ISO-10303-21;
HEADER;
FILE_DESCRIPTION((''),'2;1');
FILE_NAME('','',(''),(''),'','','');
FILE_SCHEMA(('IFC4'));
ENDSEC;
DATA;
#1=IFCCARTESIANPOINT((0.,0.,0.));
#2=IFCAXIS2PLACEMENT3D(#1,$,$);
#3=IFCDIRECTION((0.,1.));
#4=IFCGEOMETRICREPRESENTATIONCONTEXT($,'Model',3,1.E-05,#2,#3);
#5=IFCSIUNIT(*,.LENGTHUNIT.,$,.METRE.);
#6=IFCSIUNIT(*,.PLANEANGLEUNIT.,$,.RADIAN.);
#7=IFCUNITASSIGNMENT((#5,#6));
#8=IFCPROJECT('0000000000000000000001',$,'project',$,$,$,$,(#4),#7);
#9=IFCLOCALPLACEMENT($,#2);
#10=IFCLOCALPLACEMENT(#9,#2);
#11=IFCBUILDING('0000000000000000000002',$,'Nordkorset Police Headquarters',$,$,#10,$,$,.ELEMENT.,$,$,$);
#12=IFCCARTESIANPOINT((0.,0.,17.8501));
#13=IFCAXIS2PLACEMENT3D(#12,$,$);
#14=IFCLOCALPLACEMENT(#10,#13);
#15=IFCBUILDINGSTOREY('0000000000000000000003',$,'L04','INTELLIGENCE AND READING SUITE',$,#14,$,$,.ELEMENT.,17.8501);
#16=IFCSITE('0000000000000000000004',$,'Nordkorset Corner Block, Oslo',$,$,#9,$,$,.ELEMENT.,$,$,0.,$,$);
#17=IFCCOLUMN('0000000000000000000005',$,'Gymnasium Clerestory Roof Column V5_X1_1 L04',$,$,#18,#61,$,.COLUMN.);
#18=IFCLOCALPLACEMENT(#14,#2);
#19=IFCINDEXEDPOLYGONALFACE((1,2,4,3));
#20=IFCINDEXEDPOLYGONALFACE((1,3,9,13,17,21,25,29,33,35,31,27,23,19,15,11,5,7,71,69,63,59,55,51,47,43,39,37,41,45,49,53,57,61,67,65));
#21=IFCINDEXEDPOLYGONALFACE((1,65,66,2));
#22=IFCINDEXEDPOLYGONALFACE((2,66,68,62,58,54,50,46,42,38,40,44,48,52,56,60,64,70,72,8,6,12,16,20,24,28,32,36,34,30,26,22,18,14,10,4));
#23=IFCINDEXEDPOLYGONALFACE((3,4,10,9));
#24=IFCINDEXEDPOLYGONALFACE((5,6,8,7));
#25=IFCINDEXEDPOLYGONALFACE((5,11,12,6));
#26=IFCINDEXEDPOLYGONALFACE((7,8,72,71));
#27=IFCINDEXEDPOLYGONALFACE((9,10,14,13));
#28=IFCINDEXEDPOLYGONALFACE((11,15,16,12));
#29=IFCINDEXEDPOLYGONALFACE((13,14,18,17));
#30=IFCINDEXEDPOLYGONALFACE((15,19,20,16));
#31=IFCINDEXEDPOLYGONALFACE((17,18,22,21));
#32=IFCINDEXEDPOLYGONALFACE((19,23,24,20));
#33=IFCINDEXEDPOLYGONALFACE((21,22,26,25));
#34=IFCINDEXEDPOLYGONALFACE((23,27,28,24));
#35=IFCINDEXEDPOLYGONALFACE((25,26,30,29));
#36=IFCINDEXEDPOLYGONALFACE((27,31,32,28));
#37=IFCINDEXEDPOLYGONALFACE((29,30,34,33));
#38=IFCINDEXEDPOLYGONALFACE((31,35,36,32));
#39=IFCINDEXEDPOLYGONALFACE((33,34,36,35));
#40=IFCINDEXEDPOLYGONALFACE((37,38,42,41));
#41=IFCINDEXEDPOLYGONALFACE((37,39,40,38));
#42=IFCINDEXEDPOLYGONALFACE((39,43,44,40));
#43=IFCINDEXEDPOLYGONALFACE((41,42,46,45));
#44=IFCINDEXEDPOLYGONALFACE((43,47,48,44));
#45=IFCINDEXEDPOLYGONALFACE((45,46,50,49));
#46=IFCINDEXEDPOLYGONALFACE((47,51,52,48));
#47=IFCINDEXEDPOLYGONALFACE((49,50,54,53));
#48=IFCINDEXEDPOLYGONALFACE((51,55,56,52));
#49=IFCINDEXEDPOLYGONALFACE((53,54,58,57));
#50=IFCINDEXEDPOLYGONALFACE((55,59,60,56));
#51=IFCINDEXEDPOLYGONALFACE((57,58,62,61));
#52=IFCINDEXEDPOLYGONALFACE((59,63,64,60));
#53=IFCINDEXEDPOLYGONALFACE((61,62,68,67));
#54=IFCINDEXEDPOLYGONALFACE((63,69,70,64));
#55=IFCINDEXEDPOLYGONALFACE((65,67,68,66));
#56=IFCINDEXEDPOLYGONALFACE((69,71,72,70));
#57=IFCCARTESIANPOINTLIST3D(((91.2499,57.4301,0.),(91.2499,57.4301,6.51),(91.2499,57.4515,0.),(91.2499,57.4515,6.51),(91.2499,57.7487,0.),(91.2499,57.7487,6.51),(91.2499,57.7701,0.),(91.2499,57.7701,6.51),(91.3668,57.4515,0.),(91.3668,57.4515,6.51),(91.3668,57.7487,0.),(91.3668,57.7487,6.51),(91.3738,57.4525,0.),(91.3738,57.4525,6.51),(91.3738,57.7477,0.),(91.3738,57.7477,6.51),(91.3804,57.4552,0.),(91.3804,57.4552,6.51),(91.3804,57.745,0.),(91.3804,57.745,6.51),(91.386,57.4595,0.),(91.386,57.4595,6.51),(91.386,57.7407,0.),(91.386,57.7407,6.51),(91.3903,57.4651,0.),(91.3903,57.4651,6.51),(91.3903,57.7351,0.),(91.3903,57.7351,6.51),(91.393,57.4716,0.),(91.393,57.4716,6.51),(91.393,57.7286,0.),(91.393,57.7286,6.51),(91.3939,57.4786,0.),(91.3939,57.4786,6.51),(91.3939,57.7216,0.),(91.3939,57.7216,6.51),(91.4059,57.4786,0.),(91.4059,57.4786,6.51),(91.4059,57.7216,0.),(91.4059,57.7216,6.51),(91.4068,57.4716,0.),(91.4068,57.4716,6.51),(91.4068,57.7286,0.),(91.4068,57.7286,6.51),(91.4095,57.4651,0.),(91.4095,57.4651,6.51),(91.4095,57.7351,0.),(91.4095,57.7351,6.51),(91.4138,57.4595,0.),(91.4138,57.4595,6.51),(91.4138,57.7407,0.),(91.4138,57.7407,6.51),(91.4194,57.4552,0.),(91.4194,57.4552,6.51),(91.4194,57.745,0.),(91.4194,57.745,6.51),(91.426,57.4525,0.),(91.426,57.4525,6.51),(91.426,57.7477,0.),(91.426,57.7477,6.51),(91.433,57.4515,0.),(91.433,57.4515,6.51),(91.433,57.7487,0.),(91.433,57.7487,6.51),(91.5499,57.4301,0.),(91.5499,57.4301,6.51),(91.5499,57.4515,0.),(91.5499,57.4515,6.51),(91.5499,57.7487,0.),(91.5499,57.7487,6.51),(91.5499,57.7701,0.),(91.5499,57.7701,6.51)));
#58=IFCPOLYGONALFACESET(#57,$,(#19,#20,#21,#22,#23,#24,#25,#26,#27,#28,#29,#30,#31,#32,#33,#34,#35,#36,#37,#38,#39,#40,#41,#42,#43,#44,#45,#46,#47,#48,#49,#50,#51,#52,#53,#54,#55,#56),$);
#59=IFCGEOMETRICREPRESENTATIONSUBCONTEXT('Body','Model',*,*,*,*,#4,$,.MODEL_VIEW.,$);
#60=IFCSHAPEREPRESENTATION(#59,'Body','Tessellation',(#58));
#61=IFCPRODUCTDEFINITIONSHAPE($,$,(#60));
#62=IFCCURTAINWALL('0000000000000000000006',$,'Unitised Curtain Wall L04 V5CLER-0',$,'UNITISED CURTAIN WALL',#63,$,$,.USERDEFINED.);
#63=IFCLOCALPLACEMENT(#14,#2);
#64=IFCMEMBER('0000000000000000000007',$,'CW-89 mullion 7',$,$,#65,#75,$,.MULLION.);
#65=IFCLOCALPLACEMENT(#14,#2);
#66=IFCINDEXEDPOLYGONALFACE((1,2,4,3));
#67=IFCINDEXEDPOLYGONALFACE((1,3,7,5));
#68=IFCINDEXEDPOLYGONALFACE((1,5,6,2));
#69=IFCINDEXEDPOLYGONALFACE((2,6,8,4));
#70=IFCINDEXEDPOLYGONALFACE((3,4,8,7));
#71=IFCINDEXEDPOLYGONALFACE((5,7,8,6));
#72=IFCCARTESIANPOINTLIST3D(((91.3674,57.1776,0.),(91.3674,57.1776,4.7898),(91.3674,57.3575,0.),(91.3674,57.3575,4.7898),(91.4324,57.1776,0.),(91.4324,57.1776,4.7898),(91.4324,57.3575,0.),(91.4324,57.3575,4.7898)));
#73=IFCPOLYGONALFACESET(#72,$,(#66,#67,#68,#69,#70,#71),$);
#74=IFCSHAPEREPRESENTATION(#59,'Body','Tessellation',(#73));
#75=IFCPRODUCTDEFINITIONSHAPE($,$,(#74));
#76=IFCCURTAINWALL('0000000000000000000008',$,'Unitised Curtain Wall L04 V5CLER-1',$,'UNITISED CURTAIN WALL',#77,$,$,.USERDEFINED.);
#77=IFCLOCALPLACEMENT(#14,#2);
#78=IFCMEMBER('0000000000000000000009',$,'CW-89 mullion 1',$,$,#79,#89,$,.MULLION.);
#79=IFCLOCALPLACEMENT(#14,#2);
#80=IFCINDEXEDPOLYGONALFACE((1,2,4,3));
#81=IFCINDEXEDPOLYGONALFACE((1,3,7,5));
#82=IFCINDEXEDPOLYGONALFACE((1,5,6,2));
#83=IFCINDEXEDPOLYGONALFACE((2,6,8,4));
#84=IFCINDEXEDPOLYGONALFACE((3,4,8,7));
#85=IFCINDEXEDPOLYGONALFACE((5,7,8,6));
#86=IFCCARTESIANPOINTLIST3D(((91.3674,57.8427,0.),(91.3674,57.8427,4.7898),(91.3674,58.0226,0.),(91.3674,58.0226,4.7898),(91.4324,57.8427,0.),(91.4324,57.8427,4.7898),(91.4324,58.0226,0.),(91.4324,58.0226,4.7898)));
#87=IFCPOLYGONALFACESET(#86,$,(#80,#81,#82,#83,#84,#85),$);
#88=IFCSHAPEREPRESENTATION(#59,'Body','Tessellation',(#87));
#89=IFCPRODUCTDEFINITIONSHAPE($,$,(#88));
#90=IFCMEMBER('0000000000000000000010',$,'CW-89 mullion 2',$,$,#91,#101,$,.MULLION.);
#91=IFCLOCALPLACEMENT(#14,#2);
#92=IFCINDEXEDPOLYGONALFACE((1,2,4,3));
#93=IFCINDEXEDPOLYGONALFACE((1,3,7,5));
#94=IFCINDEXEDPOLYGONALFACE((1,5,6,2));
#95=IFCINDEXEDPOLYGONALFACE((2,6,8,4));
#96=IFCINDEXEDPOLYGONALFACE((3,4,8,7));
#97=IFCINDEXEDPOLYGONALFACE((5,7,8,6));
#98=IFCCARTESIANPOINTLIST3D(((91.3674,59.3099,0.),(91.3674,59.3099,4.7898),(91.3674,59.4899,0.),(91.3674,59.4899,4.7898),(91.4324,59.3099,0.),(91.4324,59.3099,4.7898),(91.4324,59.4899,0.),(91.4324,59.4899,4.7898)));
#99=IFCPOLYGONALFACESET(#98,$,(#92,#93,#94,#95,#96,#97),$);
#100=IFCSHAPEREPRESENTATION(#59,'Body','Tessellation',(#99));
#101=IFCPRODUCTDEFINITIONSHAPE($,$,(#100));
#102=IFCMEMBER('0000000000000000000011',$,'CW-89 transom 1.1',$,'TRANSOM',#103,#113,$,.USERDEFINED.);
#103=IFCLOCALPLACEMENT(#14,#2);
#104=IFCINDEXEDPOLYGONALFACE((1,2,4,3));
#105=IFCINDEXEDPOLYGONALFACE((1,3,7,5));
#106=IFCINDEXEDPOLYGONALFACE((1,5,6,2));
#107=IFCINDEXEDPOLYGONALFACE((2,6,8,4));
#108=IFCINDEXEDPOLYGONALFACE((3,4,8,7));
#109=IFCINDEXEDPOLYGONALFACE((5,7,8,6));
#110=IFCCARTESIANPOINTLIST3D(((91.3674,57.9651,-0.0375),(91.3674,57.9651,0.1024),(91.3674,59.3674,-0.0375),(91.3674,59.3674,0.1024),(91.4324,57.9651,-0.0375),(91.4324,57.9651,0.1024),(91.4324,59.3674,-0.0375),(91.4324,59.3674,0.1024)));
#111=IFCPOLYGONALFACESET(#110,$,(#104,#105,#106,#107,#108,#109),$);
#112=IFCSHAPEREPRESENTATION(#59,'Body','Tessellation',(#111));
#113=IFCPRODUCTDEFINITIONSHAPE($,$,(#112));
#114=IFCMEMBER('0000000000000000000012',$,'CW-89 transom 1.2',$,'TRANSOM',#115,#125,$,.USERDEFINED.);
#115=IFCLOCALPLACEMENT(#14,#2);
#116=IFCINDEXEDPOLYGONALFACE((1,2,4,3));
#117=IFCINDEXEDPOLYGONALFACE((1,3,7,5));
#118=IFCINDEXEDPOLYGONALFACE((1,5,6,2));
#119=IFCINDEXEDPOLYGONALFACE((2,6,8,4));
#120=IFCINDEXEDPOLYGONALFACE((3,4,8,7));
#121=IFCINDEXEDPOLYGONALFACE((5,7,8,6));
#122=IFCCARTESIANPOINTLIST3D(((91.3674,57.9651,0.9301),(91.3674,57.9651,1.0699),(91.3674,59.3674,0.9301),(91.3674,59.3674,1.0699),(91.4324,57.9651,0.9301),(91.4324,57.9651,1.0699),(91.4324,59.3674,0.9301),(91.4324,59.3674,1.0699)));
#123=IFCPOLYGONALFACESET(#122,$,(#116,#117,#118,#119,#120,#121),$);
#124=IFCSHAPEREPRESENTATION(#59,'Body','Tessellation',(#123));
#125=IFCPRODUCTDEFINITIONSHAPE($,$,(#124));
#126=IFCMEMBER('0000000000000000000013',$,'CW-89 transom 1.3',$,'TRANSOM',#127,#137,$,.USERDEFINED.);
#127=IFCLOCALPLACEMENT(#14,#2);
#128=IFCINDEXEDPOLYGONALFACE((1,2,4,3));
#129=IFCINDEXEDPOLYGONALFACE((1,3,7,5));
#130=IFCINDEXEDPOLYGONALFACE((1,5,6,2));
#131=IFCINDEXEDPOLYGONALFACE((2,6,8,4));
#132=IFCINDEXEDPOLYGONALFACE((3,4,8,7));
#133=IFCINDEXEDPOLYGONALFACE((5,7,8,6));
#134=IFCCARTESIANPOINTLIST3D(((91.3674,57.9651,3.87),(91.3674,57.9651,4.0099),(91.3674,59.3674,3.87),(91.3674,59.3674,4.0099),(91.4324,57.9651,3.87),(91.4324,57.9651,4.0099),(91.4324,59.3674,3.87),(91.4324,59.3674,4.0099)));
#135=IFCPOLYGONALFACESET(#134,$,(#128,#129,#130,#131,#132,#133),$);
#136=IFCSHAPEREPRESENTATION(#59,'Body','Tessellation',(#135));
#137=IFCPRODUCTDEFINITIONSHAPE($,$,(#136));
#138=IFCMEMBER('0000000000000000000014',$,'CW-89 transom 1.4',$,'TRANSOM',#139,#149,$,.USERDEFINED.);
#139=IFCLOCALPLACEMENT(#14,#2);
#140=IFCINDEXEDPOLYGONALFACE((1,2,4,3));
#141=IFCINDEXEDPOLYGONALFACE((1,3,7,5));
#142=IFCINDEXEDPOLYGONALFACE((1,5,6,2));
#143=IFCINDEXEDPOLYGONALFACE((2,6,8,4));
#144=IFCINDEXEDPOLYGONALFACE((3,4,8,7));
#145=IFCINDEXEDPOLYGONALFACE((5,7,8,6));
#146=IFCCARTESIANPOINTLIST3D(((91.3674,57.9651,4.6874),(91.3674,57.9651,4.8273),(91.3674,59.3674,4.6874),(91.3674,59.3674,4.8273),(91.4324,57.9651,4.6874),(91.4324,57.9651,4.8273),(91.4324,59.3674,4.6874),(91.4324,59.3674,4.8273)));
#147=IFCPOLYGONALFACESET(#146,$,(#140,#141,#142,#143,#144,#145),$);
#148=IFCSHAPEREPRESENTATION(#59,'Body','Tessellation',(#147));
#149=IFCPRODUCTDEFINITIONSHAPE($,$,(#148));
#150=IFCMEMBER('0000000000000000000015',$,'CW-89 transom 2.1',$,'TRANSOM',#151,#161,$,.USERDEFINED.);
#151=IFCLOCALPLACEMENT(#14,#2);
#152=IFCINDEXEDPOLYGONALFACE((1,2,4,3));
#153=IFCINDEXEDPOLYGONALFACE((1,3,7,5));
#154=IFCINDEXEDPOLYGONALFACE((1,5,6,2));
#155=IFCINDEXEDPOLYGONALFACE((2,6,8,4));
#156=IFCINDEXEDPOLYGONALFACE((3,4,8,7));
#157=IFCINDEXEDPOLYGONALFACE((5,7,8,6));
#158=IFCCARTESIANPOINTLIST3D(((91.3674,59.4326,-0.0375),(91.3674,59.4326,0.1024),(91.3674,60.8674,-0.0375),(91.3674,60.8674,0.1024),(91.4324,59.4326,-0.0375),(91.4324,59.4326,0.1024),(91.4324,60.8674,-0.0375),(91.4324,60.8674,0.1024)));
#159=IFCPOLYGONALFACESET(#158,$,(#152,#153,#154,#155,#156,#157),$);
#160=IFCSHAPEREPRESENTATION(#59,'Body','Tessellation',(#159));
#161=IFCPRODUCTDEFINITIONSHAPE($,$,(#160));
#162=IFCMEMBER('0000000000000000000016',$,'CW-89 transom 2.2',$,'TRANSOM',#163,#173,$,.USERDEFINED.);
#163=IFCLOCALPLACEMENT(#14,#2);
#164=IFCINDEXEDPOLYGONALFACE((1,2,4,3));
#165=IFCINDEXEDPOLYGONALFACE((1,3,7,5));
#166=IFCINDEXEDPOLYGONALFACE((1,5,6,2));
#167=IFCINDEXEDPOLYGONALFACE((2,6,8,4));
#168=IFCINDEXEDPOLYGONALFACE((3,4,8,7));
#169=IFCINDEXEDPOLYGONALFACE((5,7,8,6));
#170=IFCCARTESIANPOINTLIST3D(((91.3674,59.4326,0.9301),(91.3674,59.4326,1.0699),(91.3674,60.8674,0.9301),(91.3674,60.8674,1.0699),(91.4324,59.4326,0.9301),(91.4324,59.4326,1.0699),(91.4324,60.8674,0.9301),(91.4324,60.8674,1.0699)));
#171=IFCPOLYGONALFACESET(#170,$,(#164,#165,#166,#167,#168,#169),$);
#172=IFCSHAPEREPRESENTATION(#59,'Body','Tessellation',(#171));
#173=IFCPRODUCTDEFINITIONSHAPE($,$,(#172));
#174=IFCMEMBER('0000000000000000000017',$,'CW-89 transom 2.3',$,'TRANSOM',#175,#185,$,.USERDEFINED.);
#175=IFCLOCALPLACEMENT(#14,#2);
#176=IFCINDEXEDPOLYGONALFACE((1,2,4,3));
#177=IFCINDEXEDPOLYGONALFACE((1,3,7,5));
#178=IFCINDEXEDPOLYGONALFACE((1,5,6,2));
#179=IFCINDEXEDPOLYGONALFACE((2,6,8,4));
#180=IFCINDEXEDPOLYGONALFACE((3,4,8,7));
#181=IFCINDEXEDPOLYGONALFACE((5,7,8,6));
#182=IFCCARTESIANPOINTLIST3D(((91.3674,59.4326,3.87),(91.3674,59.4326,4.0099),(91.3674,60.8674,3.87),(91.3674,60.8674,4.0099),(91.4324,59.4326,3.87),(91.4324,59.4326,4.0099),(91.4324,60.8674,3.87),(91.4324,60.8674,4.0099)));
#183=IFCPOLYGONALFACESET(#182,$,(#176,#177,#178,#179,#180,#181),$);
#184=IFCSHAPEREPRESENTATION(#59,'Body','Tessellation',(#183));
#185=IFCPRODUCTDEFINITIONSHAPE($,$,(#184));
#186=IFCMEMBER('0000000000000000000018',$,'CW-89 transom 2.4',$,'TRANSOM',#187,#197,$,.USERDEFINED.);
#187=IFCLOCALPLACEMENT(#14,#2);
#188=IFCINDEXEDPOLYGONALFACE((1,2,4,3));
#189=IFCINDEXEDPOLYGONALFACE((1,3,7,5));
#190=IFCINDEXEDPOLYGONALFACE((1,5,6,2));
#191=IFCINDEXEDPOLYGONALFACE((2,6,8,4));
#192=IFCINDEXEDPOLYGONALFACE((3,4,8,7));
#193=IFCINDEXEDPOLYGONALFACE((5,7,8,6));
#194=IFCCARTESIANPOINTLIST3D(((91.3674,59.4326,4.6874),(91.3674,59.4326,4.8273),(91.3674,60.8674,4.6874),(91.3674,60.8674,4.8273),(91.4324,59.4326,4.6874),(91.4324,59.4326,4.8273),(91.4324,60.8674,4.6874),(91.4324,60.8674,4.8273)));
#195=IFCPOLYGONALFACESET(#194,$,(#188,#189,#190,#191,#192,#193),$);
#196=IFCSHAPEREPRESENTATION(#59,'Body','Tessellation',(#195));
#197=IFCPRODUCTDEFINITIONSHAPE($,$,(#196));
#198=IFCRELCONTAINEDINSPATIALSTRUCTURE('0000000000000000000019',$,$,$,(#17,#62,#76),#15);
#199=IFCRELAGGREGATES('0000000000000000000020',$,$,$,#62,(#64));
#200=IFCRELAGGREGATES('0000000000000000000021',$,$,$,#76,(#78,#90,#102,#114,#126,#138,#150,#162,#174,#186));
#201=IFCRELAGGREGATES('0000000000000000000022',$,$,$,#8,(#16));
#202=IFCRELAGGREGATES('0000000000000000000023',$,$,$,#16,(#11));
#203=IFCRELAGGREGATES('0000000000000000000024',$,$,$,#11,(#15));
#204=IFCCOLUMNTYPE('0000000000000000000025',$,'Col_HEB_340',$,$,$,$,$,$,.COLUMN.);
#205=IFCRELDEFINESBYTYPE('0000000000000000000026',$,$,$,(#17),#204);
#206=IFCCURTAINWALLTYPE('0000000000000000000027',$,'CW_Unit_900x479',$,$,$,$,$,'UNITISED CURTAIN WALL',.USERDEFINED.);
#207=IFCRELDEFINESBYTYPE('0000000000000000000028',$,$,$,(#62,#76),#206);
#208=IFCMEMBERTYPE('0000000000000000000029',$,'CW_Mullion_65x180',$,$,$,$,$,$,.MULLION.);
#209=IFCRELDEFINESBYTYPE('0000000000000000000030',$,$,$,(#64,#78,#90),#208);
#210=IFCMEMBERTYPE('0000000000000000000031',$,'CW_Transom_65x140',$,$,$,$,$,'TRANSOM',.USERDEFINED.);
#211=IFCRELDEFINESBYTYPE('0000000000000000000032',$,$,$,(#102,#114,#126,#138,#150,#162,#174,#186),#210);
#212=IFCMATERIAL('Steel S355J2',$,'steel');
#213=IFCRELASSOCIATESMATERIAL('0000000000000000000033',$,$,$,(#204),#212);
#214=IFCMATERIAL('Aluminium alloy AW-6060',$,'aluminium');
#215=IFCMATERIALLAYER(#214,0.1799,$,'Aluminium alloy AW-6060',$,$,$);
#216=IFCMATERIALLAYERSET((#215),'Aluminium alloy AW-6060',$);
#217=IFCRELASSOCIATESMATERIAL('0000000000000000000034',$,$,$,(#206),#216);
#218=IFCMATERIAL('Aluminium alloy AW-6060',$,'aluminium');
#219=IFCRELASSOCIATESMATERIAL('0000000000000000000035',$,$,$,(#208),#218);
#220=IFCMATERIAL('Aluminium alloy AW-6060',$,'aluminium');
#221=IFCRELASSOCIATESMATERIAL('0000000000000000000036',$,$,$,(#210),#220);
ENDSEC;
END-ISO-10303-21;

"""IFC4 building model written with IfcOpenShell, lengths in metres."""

from ifc_helpers import new_model, si_unit, direction, frame, origin, origin_2d, place, context, subcontext, project, spatial, rectangle, i_section, extrude, material, layer, layer_set, material_profile, profile_set, type_object, element, aggregate, save


model = new_model("IFC4")

# Units and contexts
model_context = context("Model", 3, precision=1e-05, world=origin(), true_north=direction((0.0, 1.0)))
body_context = subcontext(model_context, "Body", "Model", "MODEL_VIEW")
ifc_project = project(units=[si_unit("LENGTHUNIT", "METRE"), si_unit("PLANEANGLEUNIT", "RADIAN")], contexts=[model_context])

# Site, building, storey
site_placement = place(None, origin())
site = spatial("IfcSite", under=ifc_project, at=site_placement, Name="Nordkorset Corner Block, Oslo", CompositionType="ELEMENT", RefElevation=0.0)
building_placement = place(site_placement, origin())
building = spatial("IfcBuilding", under=site, at=building_placement, Name="Nordkorset Police Headquarters", CompositionType="ELEMENT")
storey_placement = place(building_placement, frame((0.0, 0.0, 17.8501)))
storey = spatial("IfcBuildingStorey", under=building, at=storey_placement, Name="L04", Description="INTELLIGENCE AND READING SUITE", CompositionType="ELEMENT", Elevation=17.8501)

# Column
ifc_material_1 = material(Name="Steel S355J2", Category="steel")
ifc_material_profile_1 = material_profile(ifc_material_1, i_section(OverallWidth=0.3, OverallDepth=0.3401, WebThickness=0.012, FlangeThickness=0.0215, FilletRadius=0.0271, at=origin_2d()), Name="HEB 340")
ifc_profile_set_1 = profile_set([ifc_material_profile_1], Name="Steel S355J2")
column_type = type_object("IfcColumnType", Name="Col_HEB_340", PredefinedType="COLUMN", material=ifc_profile_set_1)
column_placement = place(storey_placement, frame((91.3999, 57.6001, 0.0), z_axis=(0.0, 0.0, 1.0), x_axis=(1.0, 0.0, 0.0)))
element("IfcColumn", 1, at=column_placement, inside=storey, type_object=column_type, Name="Gymnasium Clerestory Roof Column V5_X1_1 L04", PredefinedType="COLUMN", context=body_context, shape_type="SweptSolid", body=[
    extrude(i_section(OverallWidth=0.3, OverallDepth=0.3401, WebThickness=0.012, FlangeThickness=0.0215, FilletRadius=0.0271, at=origin_2d()), origin(), (0.0, 0.0, 1.0), 6.51),
])

# Curtain wall, member
ifc_material_2 = material(Name="Aluminium alloy AW-6060", Category="aluminium")
ifc_layer_1 = layer(ifc_material_2, 0.1799, Name="Aluminium alloy AW-6060")
ifc_layer_set_1 = layer_set([ifc_layer_1], Name="Aluminium alloy AW-6060")
curtain_wall_type = type_object("IfcCurtainWallType", Name="CW_Unit_900x479", ElementType="UNITISED CURTAIN WALL", PredefinedType="USERDEFINED", material=ifc_layer_set_1)
curtain_wall_1_placement = place(storey_placement, origin())
curtain_wall_1 = element("IfcCurtainWall", 2, at=curtain_wall_1_placement, inside=storey, type_object=curtain_wall_type, Name="Unitised Curtain Wall L04 V5CLER-0", ObjectType="UNITISED CURTAIN WALL", PredefinedType="USERDEFINED")
ifc_material_3 = material(Name="Aluminium alloy AW-6060", Category="aluminium")
ifc_material_profile_2 = material_profile(ifc_material_3, rectangle(XDim=0.0649, YDim=0.1799, at=origin_2d()), Name="ALU MULL 65x180")
ifc_profile_set_2 = profile_set([ifc_material_profile_2], Name="Aluminium alloy AW-6060")
member_type_1 = type_object("IfcMemberType", Name="CW_Mullion_65x180", PredefinedType="MULLION", material=ifc_profile_set_2)
member_1_placement = place(storey_placement, frame((91.3999, 57.2676, 0.0), z_axis=(0.0, 0.0, 1.0), x_axis=(-1.0, 0.0, 0.0)))
member_1 = element("IfcMember", 3, at=member_1_placement, type_object=member_type_1, Name="CW-89 mullion 7", PredefinedType="MULLION", context=body_context, shape_type="SweptSolid", body=[
    extrude(rectangle(XDim=0.0649, YDim=0.1799, at=origin_2d()), origin(), (0.0, 0.0, 1.0), 4.7898),
])

# Curtain wall, members
curtain_wall_2_placement = place(storey_placement, origin())
curtain_wall_2 = element("IfcCurtainWall", 4, at=curtain_wall_2_placement, inside=storey, type_object=curtain_wall_type, Name="Unitised Curtain Wall L04 V5CLER-1", ObjectType="UNITISED CURTAIN WALL", PredefinedType="USERDEFINED")
member_2_placement = place(storey_placement, frame((91.3999, 57.9326, 0.0), z_axis=(0.0, 0.0, 1.0), x_axis=(-1.0, 0.0, 0.0)))
member_2 = element("IfcMember", 5, at=member_2_placement, type_object=member_type_1, Name="CW-89 mullion 1", PredefinedType="MULLION", context=body_context, shape_type="SweptSolid", body=[
    extrude(rectangle(XDim=0.0649, YDim=0.1799, at=origin_2d()), origin(), (0.0, 0.0, 1.0), 4.7898),
])
member_3_placement = place(storey_placement, frame((91.3999, 59.3999, 0.0), z_axis=(0.0, 0.0, 1.0), x_axis=(-1.0, 0.0, 0.0)))
member_3 = element("IfcMember", 6, at=member_3_placement, type_object=member_type_1, Name="CW-89 mullion 2", PredefinedType="MULLION", context=body_context, shape_type="SweptSolid", body=[
    extrude(rectangle(XDim=0.0649, YDim=0.1799, at=origin_2d()), origin(), (0.0, 0.0, 1.0), 4.7898),
])
ifc_material_4 = material(Name="Aluminium alloy AW-6060", Category="aluminium")
ifc_material_profile_3 = material_profile(ifc_material_4, rectangle(XDim=0.0649, YDim=0.1399, at=origin_2d()), Name="ALU TRAN 65x140")
ifc_profile_set_3 = profile_set([ifc_material_profile_3], Name="Aluminium alloy AW-6060")
member_type_2 = type_object("IfcMemberType", Name="CW_Transom_65x140", ElementType="TRANSOM", PredefinedType="USERDEFINED", material=ifc_profile_set_3)
member_4_placement = place(storey_placement, frame((91.3999, 57.9651, 0.0325), z_axis=(0.0, 1.0, 0.0), x_axis=(-1.0, 0.0, 0.0)))
member_4 = element("IfcMember", 7, at=member_4_placement, type_object=member_type_2, Name="CW-89 transom 1.1", ObjectType="TRANSOM", PredefinedType="USERDEFINED", context=body_context, shape_type="SweptSolid", body=[
    extrude(rectangle(XDim=0.0649, YDim=0.1399, at=origin_2d()), origin(), (0.0, 0.0, 1.0), 1.4023),
])
member_5_placement = place(storey_placement, frame((91.3999, 57.9651, 1.0), z_axis=(0.0, 1.0, 0.0), x_axis=(-1.0, 0.0, 0.0)))
member_5 = element("IfcMember", 8, at=member_5_placement, type_object=member_type_2, Name="CW-89 transom 1.2", ObjectType="TRANSOM", PredefinedType="USERDEFINED", context=body_context, shape_type="SweptSolid", body=[
    extrude(rectangle(XDim=0.0649, YDim=0.1399, at=origin_2d()), origin(), (0.0, 0.0, 1.0), 1.4023),
])
member_6_placement = place(storey_placement, frame((91.3999, 57.9651, 3.9399), z_axis=(0.0, 1.0, 0.0), x_axis=(-1.0, 0.0, 0.0)))
member_6 = element("IfcMember", 9, at=member_6_placement, type_object=member_type_2, Name="CW-89 transom 1.3", ObjectType="TRANSOM", PredefinedType="USERDEFINED", context=body_context, shape_type="SweptSolid", body=[
    extrude(rectangle(XDim=0.0649, YDim=0.1399, at=origin_2d()), origin(), (0.0, 0.0, 1.0), 1.4023),
])
member_7_placement = place(storey_placement, frame((91.3999, 57.9651, 4.7573), z_axis=(0.0, 1.0, 0.0), x_axis=(-1.0, 0.0, 0.0)))
member_7 = element("IfcMember", 10, at=member_7_placement, type_object=member_type_2, Name="CW-89 transom 1.4", ObjectType="TRANSOM", PredefinedType="USERDEFINED", context=body_context, shape_type="SweptSolid", body=[
    extrude(rectangle(XDim=0.0649, YDim=0.1399, at=origin_2d()), origin(), (0.0, 0.0, 1.0), 1.4023),
])
member_8_placement = place(storey_placement, frame((91.3999, 59.4326, 0.0325), z_axis=(0.0, 1.0, 0.0), x_axis=(-1.0, 0.0, 0.0)))
member_8 = element("IfcMember", 11, at=member_8_placement, type_object=member_type_2, Name="CW-89 transom 2.1", ObjectType="TRANSOM", PredefinedType="USERDEFINED", context=body_context, shape_type="SweptSolid", body=[
    extrude(rectangle(XDim=0.0649, YDim=0.1399, at=origin_2d()), origin(), (0.0, 0.0, 1.0), 1.4348),
])
member_9_placement = place(storey_placement, frame((91.3999, 59.4326, 1.0), z_axis=(0.0, 1.0, 0.0), x_axis=(-1.0, 0.0, 0.0)))
member_9 = element("IfcMember", 12, at=member_9_placement, type_object=member_type_2, Name="CW-89 transom 2.2", ObjectType="TRANSOM", PredefinedType="USERDEFINED", context=body_context, shape_type="SweptSolid", body=[
    extrude(rectangle(XDim=0.0649, YDim=0.1399, at=origin_2d()), origin(), (0.0, 0.0, 1.0), 1.4348),
])
member_10_placement = place(storey_placement, frame((91.3999, 59.4326, 3.9399), z_axis=(0.0, 1.0, 0.0), x_axis=(-1.0, 0.0, 0.0)))
member_10 = element("IfcMember", 13, at=member_10_placement, type_object=member_type_2, Name="CW-89 transom 2.3", ObjectType="TRANSOM", PredefinedType="USERDEFINED", context=body_context, shape_type="SweptSolid", body=[
    extrude(rectangle(XDim=0.0649, YDim=0.1399, at=origin_2d()), origin(), (0.0, 0.0, 1.0), 1.4348),
])
member_11_placement = place(storey_placement, frame((91.3999, 59.4326, 4.7573), z_axis=(0.0, 1.0, 0.0), x_axis=(-1.0, 0.0, 0.0)))
member_11 = element("IfcMember", 14, at=member_11_placement, type_object=member_type_2, Name="CW-89 transom 2.4", ObjectType="TRANSOM", PredefinedType="USERDEFINED", context=body_context, shape_type="SweptSolid", body=[
    extrude(rectangle(XDim=0.0649, YDim=0.1399, at=origin_2d()), origin(), (0.0, 0.0, 1.0), 1.4348),
])

aggregate(curtain_wall_1, [member_1])
aggregate(curtain_wall_2, [member_2, member_3, member_4, member_5, member_6, member_7, member_8, member_9, member_10, member_11])

save(model, "model.ifc")
